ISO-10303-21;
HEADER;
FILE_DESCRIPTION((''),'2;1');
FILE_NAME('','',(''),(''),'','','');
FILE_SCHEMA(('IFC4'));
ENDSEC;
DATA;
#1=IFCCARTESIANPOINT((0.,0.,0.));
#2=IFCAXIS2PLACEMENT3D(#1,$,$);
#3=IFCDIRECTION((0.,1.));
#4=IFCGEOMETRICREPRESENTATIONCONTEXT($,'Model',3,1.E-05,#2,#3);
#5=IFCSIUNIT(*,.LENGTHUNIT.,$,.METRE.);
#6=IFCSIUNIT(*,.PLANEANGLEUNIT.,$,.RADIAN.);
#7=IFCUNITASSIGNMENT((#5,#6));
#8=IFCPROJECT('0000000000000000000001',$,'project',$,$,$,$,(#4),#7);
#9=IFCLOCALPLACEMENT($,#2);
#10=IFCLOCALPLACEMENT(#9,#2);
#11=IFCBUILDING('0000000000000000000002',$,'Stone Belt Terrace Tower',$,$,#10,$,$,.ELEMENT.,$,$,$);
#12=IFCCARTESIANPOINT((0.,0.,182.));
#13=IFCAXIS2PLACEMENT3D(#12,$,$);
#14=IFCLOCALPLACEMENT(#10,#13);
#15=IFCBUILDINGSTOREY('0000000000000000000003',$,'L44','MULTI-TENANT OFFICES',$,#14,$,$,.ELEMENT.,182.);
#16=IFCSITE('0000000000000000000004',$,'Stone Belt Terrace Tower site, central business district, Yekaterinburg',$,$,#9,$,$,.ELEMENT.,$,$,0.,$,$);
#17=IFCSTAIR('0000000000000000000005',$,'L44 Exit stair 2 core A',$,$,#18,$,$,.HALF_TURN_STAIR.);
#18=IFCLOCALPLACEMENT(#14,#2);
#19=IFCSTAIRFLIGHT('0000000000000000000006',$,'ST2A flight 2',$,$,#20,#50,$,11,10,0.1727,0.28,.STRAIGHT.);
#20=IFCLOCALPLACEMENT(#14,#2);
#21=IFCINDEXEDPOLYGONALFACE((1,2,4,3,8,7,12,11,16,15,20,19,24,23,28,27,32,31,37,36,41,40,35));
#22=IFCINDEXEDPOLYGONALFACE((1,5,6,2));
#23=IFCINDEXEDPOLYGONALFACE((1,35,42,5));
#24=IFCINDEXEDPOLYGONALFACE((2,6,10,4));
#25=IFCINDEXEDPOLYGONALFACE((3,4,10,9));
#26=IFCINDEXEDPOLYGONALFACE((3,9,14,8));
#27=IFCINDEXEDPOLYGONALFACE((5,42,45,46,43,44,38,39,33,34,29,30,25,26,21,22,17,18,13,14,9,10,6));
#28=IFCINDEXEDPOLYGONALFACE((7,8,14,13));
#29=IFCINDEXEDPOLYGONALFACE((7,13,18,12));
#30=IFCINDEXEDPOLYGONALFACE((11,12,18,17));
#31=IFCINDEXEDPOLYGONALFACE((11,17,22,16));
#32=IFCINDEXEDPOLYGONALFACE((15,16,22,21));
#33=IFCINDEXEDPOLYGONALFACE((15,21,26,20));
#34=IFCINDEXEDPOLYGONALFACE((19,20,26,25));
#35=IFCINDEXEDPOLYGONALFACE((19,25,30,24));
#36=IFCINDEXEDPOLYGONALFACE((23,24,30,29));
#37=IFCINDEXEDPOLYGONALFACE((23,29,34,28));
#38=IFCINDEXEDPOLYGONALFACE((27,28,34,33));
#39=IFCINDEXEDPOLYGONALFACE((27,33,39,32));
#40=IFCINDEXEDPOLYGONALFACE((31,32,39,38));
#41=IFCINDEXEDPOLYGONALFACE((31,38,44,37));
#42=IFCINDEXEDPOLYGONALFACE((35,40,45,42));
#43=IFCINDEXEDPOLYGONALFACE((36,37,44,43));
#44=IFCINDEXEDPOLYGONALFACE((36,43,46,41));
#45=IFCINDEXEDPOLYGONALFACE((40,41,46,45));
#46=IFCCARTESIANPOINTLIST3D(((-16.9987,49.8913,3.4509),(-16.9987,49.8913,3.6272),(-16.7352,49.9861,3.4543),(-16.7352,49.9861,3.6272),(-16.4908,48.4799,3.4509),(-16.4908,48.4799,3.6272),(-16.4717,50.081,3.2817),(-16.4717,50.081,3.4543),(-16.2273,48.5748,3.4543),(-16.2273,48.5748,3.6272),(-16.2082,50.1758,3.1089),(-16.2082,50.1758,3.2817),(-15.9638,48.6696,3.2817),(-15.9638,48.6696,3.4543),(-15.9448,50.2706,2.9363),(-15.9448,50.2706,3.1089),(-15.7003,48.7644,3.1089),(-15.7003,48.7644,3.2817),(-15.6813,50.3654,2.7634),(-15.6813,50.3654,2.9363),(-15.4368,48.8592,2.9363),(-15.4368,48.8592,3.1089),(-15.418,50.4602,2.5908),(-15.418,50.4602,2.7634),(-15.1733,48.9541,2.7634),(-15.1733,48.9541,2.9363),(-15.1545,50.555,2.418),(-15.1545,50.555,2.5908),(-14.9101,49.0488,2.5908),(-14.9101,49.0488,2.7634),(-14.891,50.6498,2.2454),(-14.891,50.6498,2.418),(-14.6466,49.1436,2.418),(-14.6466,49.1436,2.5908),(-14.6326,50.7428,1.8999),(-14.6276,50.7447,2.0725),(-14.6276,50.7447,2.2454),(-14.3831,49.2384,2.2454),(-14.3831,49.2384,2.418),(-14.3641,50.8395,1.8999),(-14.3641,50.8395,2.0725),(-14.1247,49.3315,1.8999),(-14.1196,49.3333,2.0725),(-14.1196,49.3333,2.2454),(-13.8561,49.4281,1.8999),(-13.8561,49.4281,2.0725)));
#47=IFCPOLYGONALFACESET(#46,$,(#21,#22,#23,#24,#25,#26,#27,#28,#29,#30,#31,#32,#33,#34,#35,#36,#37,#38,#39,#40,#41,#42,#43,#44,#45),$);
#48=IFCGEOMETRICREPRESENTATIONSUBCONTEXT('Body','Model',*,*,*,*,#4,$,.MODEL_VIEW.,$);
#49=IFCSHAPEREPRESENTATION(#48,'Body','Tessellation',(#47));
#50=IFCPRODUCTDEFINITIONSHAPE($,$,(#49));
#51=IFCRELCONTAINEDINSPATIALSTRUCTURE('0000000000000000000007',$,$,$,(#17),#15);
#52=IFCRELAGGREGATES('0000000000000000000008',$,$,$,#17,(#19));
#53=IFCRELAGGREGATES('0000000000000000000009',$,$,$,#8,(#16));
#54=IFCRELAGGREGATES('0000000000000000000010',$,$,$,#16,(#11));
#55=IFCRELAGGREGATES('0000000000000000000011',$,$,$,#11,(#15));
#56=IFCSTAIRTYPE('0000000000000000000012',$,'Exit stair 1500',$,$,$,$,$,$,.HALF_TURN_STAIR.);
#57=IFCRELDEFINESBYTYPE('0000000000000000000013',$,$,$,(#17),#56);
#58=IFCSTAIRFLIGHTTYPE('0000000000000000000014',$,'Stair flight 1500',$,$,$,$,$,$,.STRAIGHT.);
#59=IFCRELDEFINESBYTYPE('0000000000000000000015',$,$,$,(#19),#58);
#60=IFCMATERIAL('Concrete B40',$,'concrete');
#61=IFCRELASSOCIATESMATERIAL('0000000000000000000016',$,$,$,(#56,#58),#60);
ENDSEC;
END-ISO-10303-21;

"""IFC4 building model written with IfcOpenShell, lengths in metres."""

from ifc_helpers import new_model, si_unit, direction, frame, origin, place, context, subcontext, project, spatial, polyline, outline, extrude, material, type_object, element, aggregate, save


model = new_model("IFC4")

# Units and contexts
model_context = context("Model", 3, precision=1e-05, world=origin(), true_north=direction((0.0, 1.0)))
body_context = subcontext(model_context, "Body", "Model", "MODEL_VIEW")
ifc_project = project(units=[si_unit("LENGTHUNIT", "METRE"), si_unit("PLANEANGLEUNIT", "RADIAN")], contexts=[model_context])

# Site, building, storey
site_placement = place(None, origin())
site = spatial("IfcSite", under=ifc_project, at=site_placement, Name="Stone Belt Terrace Tower site, central business district, Yekaterinburg", CompositionType="ELEMENT", RefElevation=0.0)
building_placement = place(site_placement, origin())
building = spatial("IfcBuilding", under=site, at=building_placement, Name="Stone Belt Terrace Tower", CompositionType="ELEMENT")
storey_placement = place(building_placement, frame((0.0, 0.0, 182.0)))
storey = spatial("IfcBuildingStorey", under=building, at=storey_placement, Name="L44", Description="MULTI-TENANT OFFICES", CompositionType="ELEMENT", Elevation=182.0)

# Stair, stair flight
ifc_material_1 = material(Name="Concrete B40", Category="concrete")
stair_type = type_object("IfcStairType", Name="Exit stair 1500", PredefinedType="HALF_TURN_STAIR", material=ifc_material_1)
stair_placement = place(storey_placement, origin())
stair = element("IfcStair", 1, at=stair_placement, inside=storey, type_object=stair_type, Name="L44 Exit stair 2 core A", PredefinedType="HALF_TURN_STAIR")
stair_flight_type = type_object("IfcStairFlightType", Name="Stair flight 1500", PredefinedType="STRAIGHT", material=ifc_material_1)
stair_flight_1_placement = place(storey_placement, frame((-14.1101, 50.1338, 1.8999), z_axis=(0.0, 0.0, 1.0), x_axis=(-0.940922, -0.338624, 0.0)))
stair_flight_1 = element("IfcStairFlight", 2, at=stair_flight_1_placement, type_object=stair_flight_type, Name="ST2A flight 2", NumberOfRisers=11, NumberOfTreads=10, PredefinedType="STRAIGHT", RiserHeight=0.1727, TreadLength=0.28, context=body_context, shape_type="SweptSolid", body=[
    extrude(outline(polyline([(0.0, 0.0), (0.0, 0.1726), (0.28, 0.1726), (0.28, 0.3455), (0.5601, 0.3455), (0.5601, 0.5181), (0.8401, 0.5181), (0.8401, 0.6909), (1.1201, 0.6909), (1.1201, 0.8635), (1.3999, 0.8635), (1.3999, 1.0364), (1.6799, 1.0364), (1.6799, 1.209), (1.96, 1.209), (1.96, 1.3818), (2.24, 1.3818), (2.24, 1.5544), (2.52, 1.5544), (2.52, 1.7273), (2.8, 1.7273), (2.8, 1.8999), (2.8, 1.551), (0.2854, 0.0), (0.0, 0.0)])), frame((0.0, 0.75, 0.0), z_axis=(0.0, -1.0, 0.0), x_axis=(1.0, 0.0, 0.0)), (0.0, 0.0, 1.0), 1.5),
])
aggregate(stair, [stair_flight_1])

save(model, "model.ifc")
